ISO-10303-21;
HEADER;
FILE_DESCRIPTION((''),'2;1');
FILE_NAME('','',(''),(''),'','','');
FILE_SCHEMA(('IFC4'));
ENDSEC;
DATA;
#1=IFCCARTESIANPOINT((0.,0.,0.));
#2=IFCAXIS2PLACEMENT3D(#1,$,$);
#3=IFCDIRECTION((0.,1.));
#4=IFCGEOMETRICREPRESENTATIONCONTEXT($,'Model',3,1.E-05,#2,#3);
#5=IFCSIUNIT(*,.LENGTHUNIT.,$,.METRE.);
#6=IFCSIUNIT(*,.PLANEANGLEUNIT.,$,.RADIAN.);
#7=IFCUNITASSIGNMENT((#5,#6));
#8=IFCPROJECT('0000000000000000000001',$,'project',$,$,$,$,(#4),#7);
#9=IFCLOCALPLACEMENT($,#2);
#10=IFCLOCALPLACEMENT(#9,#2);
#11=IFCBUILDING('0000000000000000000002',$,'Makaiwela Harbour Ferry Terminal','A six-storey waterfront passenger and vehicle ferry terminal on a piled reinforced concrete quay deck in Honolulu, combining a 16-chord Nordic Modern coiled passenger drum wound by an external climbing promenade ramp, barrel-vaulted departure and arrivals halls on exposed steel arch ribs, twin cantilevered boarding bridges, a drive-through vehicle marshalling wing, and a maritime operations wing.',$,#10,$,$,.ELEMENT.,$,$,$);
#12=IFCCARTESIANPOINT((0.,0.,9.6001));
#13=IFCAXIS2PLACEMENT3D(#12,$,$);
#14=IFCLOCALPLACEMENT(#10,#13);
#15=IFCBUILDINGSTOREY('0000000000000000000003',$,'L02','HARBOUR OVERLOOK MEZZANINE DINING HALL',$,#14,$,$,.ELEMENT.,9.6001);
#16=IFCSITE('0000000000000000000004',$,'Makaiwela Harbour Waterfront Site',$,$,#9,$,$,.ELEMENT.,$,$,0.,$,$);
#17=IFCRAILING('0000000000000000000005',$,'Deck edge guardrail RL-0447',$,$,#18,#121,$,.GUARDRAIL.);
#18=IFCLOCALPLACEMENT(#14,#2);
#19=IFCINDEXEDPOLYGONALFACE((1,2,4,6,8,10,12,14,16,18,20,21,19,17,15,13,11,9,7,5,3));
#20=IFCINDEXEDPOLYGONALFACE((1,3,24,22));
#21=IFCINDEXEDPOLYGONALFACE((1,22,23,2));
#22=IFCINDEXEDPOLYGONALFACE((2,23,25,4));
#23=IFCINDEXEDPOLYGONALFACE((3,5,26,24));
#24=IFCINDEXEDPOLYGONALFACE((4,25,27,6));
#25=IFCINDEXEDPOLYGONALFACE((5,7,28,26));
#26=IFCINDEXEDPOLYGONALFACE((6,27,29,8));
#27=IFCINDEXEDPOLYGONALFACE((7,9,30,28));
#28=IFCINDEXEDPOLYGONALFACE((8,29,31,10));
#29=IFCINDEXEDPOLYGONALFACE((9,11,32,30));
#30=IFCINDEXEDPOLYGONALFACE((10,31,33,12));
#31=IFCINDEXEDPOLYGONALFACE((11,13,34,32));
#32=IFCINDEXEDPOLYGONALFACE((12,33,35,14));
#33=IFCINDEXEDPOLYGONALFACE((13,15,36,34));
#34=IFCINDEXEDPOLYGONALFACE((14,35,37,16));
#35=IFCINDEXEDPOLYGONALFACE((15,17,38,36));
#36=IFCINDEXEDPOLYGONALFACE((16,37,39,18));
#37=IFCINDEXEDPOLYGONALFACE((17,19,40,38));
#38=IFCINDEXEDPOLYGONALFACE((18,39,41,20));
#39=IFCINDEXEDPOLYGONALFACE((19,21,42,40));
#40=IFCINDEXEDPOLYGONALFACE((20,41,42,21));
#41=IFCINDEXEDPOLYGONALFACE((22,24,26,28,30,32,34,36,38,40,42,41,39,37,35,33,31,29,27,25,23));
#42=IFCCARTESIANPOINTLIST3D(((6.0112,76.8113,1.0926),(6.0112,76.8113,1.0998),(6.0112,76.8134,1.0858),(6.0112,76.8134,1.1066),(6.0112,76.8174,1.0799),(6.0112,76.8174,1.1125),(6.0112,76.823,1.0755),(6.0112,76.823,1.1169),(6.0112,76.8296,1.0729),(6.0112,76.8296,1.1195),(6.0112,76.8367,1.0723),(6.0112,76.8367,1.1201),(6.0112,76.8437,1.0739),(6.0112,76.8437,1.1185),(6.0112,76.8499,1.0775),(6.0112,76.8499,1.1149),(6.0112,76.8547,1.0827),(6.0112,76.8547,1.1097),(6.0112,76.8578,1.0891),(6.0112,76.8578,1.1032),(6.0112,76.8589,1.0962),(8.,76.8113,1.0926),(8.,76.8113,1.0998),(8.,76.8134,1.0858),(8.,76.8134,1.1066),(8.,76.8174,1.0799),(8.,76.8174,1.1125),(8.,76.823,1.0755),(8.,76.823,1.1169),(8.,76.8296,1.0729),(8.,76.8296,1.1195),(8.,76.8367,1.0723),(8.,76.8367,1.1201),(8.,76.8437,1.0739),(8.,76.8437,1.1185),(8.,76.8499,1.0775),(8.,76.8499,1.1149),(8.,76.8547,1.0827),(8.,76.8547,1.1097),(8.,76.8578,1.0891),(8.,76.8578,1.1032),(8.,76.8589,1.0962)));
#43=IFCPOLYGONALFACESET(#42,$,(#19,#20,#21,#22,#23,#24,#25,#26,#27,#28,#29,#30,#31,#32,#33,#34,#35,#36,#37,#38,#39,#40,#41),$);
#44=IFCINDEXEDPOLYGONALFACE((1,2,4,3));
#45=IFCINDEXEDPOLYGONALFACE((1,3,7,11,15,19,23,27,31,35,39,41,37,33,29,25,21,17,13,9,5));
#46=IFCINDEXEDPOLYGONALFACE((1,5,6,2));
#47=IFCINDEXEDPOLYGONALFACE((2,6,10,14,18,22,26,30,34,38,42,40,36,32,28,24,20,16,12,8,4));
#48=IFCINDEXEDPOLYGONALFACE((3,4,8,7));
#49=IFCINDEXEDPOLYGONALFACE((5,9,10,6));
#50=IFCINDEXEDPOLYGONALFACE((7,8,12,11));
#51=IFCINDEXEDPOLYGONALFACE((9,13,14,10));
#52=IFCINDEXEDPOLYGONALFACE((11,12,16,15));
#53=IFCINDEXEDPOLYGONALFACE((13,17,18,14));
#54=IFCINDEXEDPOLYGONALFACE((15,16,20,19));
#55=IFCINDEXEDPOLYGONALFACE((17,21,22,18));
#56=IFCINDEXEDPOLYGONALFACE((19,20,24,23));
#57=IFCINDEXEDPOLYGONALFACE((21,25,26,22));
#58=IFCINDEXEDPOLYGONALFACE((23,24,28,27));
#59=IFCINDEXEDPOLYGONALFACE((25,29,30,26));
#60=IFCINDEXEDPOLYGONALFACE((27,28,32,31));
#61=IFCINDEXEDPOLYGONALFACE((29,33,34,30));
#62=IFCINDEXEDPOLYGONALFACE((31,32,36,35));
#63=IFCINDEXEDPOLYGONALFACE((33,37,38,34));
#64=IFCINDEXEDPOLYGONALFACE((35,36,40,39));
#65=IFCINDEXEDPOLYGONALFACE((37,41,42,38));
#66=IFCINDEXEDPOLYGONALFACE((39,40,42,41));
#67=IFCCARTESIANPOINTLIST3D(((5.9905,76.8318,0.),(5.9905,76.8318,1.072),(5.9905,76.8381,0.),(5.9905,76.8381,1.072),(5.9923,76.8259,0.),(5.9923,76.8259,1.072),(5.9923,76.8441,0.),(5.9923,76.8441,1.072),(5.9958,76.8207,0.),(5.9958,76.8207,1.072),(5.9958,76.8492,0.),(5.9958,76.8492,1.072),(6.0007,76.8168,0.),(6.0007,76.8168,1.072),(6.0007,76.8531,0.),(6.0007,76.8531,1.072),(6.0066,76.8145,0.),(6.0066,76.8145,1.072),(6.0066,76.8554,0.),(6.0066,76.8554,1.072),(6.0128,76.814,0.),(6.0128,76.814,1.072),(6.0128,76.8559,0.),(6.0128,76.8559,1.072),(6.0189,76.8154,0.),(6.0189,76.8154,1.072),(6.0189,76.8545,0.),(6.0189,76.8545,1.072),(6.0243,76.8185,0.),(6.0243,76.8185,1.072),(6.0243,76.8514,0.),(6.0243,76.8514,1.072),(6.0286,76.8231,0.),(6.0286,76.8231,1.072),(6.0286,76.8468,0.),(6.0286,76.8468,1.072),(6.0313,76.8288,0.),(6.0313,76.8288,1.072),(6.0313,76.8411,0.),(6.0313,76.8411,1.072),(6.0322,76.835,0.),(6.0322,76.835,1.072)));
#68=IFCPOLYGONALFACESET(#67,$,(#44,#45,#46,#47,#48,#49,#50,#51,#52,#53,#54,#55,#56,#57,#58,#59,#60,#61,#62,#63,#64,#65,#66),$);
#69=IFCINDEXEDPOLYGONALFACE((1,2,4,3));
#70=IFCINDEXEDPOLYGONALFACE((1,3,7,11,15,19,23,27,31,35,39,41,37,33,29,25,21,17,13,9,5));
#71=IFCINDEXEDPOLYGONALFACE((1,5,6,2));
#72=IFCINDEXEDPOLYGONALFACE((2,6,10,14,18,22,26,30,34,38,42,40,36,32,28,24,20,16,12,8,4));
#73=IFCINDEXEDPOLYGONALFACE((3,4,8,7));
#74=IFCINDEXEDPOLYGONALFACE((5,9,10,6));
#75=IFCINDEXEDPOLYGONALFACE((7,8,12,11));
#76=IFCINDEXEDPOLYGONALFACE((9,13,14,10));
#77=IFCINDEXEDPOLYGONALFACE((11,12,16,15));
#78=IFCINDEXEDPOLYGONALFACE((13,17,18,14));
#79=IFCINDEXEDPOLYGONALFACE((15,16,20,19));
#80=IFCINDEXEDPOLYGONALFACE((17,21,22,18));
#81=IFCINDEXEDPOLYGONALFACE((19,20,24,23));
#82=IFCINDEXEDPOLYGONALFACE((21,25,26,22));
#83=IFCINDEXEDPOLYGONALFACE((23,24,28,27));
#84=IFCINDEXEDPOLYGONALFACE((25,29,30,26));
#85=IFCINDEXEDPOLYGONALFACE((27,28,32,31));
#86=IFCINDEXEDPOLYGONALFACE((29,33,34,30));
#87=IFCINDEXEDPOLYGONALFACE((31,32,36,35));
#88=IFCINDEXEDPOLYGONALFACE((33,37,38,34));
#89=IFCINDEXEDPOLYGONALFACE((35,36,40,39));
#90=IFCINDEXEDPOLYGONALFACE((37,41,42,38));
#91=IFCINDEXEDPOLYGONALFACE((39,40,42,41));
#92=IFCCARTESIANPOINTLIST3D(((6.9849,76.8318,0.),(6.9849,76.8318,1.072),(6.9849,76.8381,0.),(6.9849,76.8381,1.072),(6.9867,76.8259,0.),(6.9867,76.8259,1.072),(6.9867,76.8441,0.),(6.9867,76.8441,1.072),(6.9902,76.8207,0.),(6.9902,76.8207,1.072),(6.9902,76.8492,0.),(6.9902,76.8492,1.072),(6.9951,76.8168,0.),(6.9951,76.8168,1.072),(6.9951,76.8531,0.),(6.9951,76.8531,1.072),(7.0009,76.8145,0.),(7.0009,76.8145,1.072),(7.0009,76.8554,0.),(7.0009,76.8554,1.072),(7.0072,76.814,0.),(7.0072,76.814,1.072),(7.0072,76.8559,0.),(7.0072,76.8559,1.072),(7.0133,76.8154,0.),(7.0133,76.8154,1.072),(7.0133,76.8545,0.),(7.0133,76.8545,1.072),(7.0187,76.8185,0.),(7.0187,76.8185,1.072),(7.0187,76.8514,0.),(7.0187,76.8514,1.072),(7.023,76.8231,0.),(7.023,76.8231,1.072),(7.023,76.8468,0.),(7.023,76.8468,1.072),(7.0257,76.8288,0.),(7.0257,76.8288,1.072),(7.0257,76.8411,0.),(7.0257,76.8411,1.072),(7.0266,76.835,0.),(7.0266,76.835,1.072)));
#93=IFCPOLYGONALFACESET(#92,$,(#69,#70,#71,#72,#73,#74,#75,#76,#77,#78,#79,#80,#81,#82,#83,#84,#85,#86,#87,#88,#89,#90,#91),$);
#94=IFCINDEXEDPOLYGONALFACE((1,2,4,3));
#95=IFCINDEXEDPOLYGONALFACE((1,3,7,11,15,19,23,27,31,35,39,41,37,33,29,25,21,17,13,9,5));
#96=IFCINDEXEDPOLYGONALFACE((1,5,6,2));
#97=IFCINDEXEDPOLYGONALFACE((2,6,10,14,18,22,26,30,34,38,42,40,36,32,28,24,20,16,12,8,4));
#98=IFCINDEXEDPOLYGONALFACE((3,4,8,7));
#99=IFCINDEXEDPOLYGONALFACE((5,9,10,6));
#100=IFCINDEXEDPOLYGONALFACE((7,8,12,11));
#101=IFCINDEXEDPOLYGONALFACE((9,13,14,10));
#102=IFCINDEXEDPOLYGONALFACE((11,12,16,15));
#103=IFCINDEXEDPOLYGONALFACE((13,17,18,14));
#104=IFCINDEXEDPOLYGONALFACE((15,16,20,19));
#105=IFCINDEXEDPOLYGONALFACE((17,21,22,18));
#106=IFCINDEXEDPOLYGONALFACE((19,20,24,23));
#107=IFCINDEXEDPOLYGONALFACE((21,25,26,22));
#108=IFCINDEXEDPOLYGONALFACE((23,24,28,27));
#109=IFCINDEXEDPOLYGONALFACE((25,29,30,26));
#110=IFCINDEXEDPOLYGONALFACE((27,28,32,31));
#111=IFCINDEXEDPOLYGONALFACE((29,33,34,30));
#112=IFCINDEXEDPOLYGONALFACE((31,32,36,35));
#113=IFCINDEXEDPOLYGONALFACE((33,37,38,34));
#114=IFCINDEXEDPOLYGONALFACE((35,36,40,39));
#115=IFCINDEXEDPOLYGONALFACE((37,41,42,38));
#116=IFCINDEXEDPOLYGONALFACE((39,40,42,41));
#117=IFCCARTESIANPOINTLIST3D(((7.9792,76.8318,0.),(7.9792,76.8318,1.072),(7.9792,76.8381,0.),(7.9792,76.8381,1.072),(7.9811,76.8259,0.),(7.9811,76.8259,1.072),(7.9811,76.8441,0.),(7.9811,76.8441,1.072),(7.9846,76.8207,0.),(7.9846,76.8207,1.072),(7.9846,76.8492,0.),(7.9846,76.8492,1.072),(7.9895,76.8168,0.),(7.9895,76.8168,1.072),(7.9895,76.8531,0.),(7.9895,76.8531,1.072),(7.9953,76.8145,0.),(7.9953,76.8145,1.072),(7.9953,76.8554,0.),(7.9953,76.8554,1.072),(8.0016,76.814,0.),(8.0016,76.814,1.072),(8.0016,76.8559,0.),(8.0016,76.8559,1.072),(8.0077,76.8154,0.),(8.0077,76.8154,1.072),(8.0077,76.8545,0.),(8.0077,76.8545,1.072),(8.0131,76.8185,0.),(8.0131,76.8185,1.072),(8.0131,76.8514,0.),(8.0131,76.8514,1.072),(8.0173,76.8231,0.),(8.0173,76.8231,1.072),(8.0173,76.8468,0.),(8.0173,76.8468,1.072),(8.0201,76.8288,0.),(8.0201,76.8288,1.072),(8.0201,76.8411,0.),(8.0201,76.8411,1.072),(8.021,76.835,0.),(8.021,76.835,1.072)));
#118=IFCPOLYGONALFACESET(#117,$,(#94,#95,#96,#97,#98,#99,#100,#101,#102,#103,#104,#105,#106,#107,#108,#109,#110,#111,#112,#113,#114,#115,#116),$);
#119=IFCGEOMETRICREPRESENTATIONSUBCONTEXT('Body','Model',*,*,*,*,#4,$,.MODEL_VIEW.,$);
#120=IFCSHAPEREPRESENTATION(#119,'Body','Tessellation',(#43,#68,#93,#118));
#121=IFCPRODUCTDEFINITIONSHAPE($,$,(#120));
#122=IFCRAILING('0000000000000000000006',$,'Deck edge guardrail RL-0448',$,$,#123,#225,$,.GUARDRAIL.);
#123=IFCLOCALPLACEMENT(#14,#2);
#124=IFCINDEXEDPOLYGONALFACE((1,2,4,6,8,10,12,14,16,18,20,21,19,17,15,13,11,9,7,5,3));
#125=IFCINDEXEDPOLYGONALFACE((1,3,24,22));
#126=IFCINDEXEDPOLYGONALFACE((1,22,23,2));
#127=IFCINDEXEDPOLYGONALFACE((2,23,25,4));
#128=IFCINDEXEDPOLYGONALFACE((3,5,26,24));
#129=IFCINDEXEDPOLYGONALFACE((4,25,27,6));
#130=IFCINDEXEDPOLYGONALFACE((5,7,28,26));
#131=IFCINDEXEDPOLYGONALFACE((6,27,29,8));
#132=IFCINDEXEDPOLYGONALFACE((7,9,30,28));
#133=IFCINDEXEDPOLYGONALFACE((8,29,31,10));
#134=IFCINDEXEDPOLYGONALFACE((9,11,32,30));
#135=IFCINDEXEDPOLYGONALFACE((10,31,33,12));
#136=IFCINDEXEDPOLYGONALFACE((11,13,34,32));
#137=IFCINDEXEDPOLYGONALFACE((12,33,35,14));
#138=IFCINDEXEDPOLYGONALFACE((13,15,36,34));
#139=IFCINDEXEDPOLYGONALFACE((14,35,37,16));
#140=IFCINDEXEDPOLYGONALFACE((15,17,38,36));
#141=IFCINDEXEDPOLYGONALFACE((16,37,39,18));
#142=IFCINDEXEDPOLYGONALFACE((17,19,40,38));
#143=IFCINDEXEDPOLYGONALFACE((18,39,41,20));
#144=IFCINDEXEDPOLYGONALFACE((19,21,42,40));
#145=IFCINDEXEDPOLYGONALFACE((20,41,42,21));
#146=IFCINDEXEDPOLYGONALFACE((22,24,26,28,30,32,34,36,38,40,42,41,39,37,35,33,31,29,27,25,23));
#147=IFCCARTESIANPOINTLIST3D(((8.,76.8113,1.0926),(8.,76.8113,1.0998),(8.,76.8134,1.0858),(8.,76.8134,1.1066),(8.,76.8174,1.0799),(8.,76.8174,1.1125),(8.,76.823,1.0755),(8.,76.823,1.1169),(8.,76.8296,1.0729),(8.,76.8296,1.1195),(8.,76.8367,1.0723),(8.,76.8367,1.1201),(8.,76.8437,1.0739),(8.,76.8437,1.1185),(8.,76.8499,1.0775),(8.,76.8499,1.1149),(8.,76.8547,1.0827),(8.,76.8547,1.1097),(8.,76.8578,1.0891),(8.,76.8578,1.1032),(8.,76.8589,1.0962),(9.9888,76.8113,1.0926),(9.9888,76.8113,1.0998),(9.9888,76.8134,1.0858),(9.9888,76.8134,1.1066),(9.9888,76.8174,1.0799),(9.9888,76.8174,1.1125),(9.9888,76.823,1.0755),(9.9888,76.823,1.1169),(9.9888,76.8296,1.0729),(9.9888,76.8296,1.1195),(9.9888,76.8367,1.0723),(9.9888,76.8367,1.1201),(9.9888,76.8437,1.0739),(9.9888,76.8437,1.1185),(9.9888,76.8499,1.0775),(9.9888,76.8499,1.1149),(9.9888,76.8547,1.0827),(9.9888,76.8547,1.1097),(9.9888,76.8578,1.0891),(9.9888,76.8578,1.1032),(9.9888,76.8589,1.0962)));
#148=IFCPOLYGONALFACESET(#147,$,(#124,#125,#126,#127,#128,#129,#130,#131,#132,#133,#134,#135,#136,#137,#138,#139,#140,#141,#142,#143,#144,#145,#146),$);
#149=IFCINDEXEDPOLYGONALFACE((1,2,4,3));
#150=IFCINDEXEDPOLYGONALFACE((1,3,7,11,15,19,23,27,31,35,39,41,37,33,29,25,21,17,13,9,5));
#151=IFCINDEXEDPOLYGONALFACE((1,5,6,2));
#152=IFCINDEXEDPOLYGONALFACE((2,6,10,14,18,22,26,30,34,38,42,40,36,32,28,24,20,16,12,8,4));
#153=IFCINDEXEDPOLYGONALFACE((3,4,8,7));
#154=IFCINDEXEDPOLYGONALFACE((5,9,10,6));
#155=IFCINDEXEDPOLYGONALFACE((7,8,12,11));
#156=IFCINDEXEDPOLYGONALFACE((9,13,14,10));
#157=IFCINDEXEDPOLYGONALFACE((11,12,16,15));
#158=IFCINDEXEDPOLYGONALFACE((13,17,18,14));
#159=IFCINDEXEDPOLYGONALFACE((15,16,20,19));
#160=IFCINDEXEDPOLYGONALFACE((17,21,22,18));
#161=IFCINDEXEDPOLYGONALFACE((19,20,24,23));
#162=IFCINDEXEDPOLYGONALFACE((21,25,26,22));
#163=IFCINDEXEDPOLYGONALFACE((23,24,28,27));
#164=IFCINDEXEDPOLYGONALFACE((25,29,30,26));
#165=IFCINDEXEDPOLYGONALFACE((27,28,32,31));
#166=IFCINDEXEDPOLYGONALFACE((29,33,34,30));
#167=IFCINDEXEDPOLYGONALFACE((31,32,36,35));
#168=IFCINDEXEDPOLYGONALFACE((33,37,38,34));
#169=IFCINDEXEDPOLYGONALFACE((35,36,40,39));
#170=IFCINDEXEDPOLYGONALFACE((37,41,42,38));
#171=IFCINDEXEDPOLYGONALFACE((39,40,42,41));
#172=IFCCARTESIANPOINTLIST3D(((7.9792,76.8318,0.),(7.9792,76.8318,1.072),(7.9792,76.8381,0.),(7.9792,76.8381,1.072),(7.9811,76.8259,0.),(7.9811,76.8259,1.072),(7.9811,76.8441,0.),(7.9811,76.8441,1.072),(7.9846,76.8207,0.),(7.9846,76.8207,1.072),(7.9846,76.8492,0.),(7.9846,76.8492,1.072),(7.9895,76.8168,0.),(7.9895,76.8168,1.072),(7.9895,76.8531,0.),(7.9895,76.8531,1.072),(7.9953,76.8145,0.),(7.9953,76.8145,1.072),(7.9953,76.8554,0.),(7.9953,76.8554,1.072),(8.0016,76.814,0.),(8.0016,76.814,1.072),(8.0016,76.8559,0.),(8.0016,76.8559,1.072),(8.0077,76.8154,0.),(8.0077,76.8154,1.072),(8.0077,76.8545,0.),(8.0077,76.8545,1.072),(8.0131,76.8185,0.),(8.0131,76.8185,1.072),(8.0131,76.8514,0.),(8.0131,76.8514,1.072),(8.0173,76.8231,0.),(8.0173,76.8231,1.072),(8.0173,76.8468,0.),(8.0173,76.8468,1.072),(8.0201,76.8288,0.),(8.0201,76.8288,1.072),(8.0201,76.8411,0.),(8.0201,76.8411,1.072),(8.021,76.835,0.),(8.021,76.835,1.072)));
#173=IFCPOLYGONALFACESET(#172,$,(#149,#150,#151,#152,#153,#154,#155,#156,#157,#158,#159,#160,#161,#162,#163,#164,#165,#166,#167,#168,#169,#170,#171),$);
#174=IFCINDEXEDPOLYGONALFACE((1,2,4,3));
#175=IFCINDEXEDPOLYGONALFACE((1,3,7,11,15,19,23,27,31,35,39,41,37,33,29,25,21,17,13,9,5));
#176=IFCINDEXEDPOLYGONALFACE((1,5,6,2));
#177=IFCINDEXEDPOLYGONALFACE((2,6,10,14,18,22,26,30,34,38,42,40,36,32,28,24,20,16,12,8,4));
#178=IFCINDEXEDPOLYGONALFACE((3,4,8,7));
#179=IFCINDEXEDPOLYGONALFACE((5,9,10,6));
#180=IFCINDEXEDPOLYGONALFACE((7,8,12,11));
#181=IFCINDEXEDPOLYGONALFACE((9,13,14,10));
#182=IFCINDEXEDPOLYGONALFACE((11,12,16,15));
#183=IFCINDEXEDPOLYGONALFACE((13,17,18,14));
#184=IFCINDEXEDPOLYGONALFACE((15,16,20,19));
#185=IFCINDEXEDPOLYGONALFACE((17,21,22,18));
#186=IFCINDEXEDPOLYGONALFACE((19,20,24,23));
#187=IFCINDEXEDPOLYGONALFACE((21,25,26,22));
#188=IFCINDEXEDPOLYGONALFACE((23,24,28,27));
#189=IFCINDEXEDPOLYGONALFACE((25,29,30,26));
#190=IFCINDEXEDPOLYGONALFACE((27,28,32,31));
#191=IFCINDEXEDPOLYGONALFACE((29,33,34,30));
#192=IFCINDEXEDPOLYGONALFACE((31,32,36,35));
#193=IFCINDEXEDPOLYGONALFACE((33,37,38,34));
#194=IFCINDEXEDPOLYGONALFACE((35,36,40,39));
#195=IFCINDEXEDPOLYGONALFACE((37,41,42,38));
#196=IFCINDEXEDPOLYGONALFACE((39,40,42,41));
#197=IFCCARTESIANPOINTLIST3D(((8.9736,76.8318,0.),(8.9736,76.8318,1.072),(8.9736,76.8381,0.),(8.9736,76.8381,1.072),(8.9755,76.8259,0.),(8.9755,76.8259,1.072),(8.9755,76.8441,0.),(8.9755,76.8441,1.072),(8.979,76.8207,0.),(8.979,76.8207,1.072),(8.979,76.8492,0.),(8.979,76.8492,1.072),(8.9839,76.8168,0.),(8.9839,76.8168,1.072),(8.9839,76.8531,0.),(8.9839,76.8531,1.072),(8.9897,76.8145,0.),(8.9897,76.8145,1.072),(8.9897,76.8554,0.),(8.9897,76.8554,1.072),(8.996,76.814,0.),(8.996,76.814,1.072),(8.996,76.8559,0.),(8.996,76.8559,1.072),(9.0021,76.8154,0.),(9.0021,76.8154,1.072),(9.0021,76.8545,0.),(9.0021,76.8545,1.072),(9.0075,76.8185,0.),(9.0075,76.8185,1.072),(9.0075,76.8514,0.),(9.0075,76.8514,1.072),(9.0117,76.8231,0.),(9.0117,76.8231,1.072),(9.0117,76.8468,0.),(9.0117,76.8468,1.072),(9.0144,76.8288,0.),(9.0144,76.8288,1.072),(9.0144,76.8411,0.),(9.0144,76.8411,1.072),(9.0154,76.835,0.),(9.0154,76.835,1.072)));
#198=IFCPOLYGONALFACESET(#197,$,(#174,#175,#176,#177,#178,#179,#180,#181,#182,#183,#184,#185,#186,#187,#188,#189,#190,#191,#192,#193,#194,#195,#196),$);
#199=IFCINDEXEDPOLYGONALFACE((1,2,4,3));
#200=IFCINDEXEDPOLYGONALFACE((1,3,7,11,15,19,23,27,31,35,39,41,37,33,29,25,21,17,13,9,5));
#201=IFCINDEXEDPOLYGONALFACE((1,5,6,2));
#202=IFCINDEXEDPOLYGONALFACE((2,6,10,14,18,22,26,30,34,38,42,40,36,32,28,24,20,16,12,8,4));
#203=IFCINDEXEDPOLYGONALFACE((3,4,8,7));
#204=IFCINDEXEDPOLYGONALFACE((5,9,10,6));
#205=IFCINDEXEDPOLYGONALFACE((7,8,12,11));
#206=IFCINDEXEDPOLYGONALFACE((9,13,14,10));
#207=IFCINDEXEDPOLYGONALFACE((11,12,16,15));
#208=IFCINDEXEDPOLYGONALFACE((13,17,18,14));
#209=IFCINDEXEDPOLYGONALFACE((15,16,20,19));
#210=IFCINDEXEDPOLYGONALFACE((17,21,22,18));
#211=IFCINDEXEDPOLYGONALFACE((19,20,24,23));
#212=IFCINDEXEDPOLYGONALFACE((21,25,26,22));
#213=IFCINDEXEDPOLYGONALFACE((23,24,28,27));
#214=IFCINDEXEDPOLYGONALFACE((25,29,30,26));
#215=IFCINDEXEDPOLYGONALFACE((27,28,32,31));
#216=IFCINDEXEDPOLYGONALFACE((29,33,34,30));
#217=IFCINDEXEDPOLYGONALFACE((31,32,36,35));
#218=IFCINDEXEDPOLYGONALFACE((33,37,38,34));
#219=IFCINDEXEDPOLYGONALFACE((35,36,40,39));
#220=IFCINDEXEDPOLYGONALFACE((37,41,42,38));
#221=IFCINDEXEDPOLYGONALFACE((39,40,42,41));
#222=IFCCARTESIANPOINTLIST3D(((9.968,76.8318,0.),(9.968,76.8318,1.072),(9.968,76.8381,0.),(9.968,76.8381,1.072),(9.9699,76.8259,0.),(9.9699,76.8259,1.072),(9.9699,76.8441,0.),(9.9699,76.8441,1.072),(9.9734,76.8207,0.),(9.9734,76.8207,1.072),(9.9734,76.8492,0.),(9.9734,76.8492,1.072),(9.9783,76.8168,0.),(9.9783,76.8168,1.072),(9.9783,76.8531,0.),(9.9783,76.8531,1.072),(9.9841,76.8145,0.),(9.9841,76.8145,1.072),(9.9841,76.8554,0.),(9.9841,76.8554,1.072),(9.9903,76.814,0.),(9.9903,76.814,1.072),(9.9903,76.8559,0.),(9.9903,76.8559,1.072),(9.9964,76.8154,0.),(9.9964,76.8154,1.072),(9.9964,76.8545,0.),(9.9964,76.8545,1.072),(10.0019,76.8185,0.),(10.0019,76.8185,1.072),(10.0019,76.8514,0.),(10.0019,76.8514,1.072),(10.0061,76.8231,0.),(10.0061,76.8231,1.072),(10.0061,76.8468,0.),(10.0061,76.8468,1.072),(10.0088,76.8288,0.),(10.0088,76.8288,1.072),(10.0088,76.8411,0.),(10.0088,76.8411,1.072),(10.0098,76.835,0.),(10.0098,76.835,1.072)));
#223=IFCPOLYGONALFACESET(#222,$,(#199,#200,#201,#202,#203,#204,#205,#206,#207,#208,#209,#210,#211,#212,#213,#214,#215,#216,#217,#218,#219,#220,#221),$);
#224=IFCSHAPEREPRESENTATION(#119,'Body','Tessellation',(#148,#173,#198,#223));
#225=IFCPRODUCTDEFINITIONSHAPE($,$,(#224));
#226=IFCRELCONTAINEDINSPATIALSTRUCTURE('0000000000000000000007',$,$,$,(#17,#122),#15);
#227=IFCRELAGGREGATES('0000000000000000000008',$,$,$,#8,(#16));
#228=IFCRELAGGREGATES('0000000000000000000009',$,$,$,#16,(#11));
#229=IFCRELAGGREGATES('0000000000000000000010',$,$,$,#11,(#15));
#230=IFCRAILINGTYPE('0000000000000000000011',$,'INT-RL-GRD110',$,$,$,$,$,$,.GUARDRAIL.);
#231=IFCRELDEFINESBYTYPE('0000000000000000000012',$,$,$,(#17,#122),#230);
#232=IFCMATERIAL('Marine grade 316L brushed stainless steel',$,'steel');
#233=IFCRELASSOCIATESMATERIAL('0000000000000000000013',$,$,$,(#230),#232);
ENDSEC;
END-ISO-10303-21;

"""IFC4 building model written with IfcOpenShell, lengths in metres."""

from ifc_helpers import new_model, si_unit, direction, frame, origin, origin_2d, place, context, subcontext, project, spatial, circle, extrude, material, type_object, element, save


model = new_model("IFC4")

# Units and contexts
model_context = context("Model", 3, precision=1e-05, world=origin(), true_north=direction((0.0, 1.0)))
body_context = subcontext(model_context, "Body", "Model", "MODEL_VIEW")
ifc_project = project(units=[si_unit("LENGTHUNIT", "METRE"), si_unit("PLANEANGLEUNIT", "RADIAN")], contexts=[model_context])

# Site, building, storey
site_placement = place(None, origin())
site = spatial("IfcSite", under=ifc_project, at=site_placement, Name="Makaiwela Harbour Waterfront Site", CompositionType="ELEMENT", RefElevation=0.0)
building_placement = place(site_placement, origin())
building = spatial("IfcBuilding", under=site, at=building_placement, Name="Makaiwela Harbour Ferry Terminal", Description="A six-storey waterfront passenger and vehicle ferry terminal on a piled reinforced concrete quay deck in Honolulu, combining a 16-chord Nordic Modern coiled passenger drum wound by an external climbing promenade ramp, barrel-vaulted departure and arrivals halls on exposed steel arch ribs, twin cantilevered boarding bridges, a drive-through vehicle marshalling wing, and a maritime operations wing.", CompositionType="ELEMENT")
storey_placement = place(building_placement, frame((0.0, 0.0, 9.6001)))
storey = spatial("IfcBuildingStorey", under=building, at=storey_placement, Name="L02", Description="HARBOUR OVERLOOK MEZZANINE DINING HALL", CompositionType="ELEMENT", Elevation=9.6001)

# Railings
ifc_material_1 = material(Name="Marine grade 316L brushed stainless steel", Category="steel")
railing_type = type_object("IfcRailingType", Name="INT-RL-GRD110", PredefinedType="GUARDRAIL", material=ifc_material_1)
for number, where, name in (
    (1, (6.0112, 76.835, 0.0), "Deck edge guardrail RL-0447"),
    (2, (8.0, 76.835, 0.0), "Deck edge guardrail RL-0448"),
):
    element("IfcRailing", number, at=place(storey_placement, frame(where)), inside=storey, type_object=railing_type, Name=name, PredefinedType="GUARDRAIL", context=body_context, shape_type="SweptSolid", body=[
        extrude(circle(Radius=0.0239, at=origin_2d()), frame((0.0, 0.0, 1.0962), z_axis=(1.0, 0.0, 0.0), x_axis=(0.0, 1.0, 0.0)), (0.0, 0.0, 1.0), 1.9888),
        extrude(circle(Radius=0.021, at=origin_2d()), origin(), (0.0, 0.0, 1.0), 1.072),
        extrude(circle(Radius=0.021, at=origin_2d()), frame((0.9944, 0.0, 0.0)), (0.0, 0.0, 1.0), 1.072),
        extrude(circle(Radius=0.021, at=origin_2d()), frame((1.9888, 0.0, 0.0)), (0.0, 0.0, 1.0), 1.072),
    ])

save(model, "model.ifc")
